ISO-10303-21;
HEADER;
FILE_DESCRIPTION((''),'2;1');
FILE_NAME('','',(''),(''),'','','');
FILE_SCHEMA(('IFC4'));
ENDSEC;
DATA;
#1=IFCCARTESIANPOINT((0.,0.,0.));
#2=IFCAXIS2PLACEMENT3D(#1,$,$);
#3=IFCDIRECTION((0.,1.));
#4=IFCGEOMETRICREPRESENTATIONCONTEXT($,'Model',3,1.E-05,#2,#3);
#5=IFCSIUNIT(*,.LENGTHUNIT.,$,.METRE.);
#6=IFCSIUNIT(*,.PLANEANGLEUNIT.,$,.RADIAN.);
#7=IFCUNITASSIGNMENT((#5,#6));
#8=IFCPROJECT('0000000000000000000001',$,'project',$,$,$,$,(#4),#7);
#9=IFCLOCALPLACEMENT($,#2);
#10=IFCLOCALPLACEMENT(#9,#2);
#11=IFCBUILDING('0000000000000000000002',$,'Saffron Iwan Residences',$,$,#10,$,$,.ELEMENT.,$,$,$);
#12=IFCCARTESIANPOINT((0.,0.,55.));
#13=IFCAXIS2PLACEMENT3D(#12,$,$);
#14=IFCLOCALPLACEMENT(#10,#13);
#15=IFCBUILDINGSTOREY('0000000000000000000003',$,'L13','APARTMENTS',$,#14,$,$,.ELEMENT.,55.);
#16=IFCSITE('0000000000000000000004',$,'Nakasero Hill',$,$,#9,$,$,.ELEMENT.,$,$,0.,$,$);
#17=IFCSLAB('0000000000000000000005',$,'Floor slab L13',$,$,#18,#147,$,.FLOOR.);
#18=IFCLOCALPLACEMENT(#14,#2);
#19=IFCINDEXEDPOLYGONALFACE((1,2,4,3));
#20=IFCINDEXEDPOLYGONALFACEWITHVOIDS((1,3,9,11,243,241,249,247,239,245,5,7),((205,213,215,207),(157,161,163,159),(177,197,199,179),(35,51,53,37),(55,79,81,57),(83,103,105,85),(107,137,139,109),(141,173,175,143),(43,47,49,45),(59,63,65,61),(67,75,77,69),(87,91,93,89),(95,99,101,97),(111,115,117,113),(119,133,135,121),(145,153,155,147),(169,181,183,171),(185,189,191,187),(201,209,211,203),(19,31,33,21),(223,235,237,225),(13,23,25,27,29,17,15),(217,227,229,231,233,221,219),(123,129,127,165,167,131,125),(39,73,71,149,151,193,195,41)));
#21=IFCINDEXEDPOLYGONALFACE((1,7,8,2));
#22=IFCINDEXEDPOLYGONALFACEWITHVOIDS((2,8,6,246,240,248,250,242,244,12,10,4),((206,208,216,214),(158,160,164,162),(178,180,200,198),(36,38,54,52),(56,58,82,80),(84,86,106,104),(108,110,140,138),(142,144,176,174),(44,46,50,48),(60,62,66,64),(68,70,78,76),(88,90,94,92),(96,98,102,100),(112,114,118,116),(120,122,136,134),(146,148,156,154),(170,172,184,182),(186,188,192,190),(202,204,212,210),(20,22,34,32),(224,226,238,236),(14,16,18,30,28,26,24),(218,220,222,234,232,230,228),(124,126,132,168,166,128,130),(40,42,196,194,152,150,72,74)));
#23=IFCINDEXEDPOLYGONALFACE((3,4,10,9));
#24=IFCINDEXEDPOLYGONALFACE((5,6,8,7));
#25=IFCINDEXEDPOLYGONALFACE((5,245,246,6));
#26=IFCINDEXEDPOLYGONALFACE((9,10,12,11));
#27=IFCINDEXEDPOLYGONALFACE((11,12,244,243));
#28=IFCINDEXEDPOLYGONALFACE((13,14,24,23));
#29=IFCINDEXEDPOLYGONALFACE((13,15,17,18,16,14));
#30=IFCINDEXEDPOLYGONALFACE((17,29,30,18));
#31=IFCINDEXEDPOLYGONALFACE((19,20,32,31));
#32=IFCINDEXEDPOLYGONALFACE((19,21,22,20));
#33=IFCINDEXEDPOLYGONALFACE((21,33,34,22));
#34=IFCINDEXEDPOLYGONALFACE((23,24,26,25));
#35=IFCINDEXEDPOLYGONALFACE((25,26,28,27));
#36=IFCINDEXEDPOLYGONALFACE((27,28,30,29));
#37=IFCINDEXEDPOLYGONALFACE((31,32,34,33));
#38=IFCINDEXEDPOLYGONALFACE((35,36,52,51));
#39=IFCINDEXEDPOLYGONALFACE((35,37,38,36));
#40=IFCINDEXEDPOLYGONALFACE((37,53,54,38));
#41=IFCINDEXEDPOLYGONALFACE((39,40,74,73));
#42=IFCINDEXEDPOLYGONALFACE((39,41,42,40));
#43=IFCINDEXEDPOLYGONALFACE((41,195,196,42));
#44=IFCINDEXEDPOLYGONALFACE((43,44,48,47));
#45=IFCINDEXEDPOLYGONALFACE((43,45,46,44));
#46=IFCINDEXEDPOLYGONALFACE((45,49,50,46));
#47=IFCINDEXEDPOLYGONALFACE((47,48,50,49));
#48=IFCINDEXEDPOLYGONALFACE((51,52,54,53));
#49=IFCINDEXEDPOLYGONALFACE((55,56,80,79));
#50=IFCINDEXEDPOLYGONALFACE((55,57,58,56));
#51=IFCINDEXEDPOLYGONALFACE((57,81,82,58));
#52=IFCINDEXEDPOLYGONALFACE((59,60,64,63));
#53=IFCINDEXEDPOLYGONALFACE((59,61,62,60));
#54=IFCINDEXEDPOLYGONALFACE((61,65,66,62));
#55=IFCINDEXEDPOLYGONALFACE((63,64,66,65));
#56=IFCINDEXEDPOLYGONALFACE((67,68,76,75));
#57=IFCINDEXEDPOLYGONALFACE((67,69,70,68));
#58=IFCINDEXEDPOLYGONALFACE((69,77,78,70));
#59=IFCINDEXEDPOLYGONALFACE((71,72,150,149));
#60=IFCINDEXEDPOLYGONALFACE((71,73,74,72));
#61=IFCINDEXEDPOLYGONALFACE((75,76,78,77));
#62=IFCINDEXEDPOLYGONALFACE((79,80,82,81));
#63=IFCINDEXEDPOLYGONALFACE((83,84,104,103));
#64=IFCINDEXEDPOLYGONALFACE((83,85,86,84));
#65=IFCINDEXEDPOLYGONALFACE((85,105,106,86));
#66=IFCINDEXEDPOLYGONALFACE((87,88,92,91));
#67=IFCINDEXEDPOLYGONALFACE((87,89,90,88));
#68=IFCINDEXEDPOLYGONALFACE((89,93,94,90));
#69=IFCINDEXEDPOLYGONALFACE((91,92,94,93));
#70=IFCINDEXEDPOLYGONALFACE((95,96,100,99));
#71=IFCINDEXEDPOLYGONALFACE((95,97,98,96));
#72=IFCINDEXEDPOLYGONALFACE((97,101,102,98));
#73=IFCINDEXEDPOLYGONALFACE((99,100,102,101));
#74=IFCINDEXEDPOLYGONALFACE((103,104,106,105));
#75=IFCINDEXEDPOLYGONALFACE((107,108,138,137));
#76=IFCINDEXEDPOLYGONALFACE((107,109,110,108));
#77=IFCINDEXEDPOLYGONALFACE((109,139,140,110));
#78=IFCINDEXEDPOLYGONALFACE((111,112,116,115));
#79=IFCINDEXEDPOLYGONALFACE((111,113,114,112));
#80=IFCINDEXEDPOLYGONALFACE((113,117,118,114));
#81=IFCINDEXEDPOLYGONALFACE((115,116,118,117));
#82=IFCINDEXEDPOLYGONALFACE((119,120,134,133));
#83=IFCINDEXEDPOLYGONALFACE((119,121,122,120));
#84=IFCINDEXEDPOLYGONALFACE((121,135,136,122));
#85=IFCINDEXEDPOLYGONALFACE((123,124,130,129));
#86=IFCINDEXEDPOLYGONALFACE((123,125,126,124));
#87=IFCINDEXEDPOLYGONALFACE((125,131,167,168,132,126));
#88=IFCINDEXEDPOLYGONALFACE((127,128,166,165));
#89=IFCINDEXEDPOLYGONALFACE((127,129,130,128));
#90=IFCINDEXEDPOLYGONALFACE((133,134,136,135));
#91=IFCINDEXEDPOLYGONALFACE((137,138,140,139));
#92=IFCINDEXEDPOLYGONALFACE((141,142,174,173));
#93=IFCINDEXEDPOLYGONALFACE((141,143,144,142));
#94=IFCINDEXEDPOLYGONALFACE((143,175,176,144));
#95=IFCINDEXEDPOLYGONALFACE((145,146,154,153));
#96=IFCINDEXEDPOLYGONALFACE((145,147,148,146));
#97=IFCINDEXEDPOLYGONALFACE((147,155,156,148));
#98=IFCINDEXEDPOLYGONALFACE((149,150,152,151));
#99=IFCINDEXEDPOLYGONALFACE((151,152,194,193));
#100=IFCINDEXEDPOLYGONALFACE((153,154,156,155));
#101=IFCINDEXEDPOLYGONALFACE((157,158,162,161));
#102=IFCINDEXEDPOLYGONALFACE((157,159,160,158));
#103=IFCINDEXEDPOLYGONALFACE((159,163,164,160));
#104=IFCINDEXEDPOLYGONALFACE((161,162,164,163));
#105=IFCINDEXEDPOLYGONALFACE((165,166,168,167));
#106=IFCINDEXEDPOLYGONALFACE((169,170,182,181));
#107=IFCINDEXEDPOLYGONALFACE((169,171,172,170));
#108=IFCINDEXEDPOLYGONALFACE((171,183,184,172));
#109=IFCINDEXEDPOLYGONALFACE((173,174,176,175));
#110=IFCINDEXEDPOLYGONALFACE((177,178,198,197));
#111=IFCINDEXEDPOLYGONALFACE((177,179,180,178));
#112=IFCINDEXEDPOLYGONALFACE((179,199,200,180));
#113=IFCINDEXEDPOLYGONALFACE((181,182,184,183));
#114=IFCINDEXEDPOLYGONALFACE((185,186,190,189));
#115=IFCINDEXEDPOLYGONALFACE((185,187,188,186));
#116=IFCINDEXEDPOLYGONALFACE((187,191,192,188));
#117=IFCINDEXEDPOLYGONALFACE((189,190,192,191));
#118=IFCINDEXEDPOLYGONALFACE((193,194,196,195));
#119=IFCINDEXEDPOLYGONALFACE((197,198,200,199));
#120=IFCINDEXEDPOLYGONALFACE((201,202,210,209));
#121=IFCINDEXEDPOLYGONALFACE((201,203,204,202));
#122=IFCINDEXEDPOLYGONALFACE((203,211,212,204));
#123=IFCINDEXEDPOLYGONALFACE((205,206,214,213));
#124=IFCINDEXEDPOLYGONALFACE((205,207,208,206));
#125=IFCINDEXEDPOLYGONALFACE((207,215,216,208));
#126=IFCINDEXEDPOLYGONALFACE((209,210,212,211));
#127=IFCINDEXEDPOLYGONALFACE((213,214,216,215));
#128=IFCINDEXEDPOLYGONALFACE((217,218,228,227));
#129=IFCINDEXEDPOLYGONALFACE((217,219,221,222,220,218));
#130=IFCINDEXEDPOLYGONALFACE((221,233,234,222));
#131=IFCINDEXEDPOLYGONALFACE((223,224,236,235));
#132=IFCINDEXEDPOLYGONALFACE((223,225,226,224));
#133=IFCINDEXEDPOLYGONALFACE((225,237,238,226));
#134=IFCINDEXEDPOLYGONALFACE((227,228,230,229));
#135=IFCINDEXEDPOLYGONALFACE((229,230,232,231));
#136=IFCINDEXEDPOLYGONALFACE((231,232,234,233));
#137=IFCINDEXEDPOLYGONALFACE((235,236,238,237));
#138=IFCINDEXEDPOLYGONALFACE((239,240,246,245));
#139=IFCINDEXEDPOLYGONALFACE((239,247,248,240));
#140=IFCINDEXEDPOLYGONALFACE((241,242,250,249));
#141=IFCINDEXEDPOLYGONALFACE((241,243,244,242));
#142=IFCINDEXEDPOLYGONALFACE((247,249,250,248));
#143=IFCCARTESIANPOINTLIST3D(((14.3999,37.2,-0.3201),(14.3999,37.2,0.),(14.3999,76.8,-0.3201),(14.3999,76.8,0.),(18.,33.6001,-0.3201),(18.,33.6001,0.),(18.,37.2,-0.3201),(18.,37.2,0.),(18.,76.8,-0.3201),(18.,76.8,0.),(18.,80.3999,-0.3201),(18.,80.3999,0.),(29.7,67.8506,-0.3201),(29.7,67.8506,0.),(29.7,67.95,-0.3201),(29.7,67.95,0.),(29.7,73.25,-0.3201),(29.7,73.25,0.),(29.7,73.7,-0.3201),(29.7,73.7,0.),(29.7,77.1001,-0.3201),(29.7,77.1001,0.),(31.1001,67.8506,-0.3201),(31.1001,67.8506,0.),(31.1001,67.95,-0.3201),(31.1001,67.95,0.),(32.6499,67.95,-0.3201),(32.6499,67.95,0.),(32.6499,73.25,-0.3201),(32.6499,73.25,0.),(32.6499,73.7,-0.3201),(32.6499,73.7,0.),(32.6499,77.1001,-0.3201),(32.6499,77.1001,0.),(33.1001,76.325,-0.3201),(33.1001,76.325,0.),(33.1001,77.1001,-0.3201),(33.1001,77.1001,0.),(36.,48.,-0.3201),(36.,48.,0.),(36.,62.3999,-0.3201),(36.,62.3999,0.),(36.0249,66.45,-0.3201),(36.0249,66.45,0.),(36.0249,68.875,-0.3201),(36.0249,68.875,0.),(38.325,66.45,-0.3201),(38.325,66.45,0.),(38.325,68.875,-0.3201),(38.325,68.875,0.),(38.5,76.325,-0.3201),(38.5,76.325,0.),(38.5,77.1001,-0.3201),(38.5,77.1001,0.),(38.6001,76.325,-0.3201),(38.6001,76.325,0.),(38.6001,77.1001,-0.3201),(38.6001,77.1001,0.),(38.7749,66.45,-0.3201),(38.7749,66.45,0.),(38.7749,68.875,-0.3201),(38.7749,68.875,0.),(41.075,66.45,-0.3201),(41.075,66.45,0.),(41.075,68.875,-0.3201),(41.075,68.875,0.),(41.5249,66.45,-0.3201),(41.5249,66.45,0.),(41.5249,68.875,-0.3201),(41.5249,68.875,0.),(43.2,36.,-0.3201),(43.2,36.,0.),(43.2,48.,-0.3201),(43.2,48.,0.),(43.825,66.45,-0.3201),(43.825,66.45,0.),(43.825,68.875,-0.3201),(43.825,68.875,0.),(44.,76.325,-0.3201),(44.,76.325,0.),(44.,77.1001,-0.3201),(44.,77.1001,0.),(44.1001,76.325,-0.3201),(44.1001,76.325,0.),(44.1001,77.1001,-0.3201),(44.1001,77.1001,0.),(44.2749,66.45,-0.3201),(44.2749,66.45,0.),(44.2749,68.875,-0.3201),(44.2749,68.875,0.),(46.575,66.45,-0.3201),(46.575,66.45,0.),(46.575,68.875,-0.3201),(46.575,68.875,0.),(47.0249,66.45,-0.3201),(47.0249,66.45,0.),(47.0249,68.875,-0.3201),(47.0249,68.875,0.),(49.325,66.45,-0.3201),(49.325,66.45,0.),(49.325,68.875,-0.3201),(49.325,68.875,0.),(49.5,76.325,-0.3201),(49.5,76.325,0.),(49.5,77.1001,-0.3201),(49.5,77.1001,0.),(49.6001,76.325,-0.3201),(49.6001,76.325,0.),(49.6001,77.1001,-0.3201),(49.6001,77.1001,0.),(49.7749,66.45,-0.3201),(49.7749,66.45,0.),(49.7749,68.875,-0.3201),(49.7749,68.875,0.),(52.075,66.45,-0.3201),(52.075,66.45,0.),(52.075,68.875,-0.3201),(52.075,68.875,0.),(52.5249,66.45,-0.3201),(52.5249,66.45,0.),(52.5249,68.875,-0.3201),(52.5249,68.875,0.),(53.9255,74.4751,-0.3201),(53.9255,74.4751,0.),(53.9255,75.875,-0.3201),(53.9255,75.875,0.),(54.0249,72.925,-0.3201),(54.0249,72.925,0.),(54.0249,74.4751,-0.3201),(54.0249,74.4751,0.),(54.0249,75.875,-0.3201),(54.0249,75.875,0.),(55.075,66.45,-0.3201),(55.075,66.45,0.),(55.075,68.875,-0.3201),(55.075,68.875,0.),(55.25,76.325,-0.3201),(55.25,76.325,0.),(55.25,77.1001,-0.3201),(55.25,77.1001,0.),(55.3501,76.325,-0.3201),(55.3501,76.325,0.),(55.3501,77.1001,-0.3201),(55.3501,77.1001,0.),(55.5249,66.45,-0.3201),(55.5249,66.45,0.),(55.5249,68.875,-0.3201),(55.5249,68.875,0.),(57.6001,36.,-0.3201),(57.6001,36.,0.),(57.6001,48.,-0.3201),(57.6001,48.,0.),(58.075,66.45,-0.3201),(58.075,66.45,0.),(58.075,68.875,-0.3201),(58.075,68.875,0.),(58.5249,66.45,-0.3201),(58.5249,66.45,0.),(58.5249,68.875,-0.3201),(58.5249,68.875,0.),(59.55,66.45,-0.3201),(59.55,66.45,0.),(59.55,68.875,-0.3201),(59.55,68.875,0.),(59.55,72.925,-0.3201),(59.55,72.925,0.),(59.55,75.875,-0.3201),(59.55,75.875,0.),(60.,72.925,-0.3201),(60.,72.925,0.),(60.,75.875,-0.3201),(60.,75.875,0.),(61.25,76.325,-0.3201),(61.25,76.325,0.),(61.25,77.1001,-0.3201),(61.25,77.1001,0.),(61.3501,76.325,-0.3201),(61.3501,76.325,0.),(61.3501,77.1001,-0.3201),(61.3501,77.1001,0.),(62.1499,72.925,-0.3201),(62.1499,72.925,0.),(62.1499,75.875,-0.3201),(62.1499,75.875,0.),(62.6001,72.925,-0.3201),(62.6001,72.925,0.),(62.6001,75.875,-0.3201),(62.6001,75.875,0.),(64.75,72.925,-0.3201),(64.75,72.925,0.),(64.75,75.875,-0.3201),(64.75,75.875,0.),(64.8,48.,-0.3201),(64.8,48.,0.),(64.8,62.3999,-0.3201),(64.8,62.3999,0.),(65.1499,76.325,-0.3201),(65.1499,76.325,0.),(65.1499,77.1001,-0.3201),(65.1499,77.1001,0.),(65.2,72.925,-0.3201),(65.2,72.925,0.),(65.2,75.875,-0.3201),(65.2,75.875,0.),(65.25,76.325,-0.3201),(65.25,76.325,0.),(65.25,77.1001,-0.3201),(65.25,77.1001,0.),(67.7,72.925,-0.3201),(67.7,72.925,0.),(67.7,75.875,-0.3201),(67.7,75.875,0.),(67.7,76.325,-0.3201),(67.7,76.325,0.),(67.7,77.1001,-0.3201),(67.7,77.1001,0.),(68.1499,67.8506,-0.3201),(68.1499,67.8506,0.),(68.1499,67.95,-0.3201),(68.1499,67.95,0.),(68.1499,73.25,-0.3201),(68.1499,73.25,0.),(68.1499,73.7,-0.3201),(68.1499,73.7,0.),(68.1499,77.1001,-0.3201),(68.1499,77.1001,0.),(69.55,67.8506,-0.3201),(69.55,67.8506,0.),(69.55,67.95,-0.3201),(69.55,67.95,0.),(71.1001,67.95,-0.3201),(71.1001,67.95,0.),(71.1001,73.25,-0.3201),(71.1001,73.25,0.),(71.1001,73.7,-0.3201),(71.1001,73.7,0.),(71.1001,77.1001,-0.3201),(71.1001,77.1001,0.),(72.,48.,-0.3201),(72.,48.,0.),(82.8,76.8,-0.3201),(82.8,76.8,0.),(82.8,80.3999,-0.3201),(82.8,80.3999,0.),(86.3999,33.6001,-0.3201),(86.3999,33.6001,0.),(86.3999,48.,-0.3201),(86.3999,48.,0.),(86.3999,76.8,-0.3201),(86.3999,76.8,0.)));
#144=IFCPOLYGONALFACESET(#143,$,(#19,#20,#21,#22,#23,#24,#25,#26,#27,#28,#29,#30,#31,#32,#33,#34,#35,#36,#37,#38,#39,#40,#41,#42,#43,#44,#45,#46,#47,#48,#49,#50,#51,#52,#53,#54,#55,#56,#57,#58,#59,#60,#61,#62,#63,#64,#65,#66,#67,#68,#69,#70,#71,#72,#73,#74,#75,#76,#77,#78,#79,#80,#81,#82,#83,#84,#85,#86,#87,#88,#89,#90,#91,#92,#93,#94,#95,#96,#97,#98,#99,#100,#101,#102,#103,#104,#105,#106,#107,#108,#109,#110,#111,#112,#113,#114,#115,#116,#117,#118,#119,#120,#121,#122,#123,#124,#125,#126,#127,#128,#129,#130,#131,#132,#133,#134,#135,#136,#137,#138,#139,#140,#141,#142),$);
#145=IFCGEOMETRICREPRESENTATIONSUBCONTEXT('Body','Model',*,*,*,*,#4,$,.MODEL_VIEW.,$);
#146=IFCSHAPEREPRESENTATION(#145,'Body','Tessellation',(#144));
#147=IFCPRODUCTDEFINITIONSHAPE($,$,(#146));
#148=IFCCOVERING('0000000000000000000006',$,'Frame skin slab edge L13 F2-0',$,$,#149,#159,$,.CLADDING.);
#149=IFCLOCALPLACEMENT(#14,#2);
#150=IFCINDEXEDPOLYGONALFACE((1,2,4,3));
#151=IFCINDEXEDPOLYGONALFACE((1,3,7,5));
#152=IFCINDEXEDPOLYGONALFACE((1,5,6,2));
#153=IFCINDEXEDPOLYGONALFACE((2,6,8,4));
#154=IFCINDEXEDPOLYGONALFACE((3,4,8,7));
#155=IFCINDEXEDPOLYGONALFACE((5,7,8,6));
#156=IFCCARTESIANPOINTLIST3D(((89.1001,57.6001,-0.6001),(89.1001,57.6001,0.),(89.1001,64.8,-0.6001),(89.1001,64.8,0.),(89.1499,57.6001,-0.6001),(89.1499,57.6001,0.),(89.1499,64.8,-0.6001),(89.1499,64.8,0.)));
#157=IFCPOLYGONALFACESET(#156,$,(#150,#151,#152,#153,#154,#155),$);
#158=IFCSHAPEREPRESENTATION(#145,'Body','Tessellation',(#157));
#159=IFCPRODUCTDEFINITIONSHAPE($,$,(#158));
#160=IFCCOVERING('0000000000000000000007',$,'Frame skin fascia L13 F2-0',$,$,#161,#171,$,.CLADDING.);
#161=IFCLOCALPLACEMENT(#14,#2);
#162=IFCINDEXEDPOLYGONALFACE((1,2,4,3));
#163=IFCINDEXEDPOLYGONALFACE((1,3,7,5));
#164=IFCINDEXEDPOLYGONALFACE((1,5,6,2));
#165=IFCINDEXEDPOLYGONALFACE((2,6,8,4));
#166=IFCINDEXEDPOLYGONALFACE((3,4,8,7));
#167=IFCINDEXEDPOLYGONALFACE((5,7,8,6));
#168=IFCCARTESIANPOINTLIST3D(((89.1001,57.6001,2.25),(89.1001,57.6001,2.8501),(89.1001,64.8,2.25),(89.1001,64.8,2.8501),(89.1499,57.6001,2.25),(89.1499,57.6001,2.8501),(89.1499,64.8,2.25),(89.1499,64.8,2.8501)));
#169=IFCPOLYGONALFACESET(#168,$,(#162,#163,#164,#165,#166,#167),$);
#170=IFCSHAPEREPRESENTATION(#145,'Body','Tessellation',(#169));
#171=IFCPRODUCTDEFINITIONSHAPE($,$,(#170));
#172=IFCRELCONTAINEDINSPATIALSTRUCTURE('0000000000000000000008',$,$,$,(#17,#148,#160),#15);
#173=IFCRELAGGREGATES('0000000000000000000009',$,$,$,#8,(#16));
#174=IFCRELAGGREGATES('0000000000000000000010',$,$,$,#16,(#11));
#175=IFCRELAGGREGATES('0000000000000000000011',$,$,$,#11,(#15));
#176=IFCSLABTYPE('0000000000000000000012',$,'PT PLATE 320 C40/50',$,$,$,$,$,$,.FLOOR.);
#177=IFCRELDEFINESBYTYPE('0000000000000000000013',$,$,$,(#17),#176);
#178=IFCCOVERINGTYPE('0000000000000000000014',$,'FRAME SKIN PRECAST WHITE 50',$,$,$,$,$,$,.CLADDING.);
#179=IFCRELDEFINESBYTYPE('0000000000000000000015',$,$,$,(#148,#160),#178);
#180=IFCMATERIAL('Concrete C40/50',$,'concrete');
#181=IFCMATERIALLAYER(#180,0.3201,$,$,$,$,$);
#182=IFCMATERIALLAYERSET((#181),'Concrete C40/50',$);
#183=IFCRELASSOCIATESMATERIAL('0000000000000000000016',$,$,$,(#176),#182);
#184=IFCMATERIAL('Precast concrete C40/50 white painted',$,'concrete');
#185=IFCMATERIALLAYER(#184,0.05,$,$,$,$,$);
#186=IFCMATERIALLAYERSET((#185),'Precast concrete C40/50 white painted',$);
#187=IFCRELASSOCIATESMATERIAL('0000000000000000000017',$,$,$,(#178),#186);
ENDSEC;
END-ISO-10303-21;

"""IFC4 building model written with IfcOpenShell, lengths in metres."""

from ifc_helpers import new_model, si_unit, direction, frame, origin, place, context, subcontext, project, spatial, polyline, outline, extrude, material, layer, layer_set, type_object, element, save


model = new_model("IFC4")

# Units and contexts
model_context = context("Model", 3, precision=1e-05, world=origin(), true_north=direction((0.0, 1.0)))
body_context = subcontext(model_context, "Body", "Model", "MODEL_VIEW")
ifc_project = project(units=[si_unit("LENGTHUNIT", "METRE"), si_unit("PLANEANGLEUNIT", "RADIAN")], contexts=[model_context])

# Site, building, storey
site_placement = place(None, origin())
site = spatial("IfcSite", under=ifc_project, at=site_placement, Name="Nakasero Hill", CompositionType="ELEMENT", RefElevation=0.0)
building_placement = place(site_placement, origin())
building = spatial("IfcBuilding", under=site, at=building_placement, Name="Saffron Iwan Residences", CompositionType="ELEMENT")
storey_placement = place(building_placement, frame((0.0, 0.0, 55.0)))
storey = spatial("IfcBuildingStorey", under=building, at=storey_placement, Name="L13", Description="APARTMENTS", CompositionType="ELEMENT", Elevation=55.0)

# Slab
ifc_material_1 = material(Name="Concrete C40/50", Category="concrete")
ifc_layer_1 = layer(ifc_material_1, 0.3201)
ifc_layer_set_1 = layer_set([ifc_layer_1], Name="Concrete C40/50")
slab_type_1 = type_object("IfcSlabType", Name="PT PLATE 320 C40/50", PredefinedType="FLOOR", material=ifc_layer_set_1)
slab_1_placement = place(storey_placement, frame((0.0, 0.0, -0.3201)))
element("IfcSlab", 1, at=slab_1_placement, inside=storey, type_object=slab_type_1, Name="Floor slab L13", PredefinedType="FLOOR", context=body_context, shape_type="SweptSolid", body=[
    extrude(outline(polyline([(14.3999, 37.2), (14.3999, 76.8), (18.0, 76.8), (18.0, 80.3999), (82.8, 80.3999), (82.8, 76.8), (86.3999, 76.8), (86.3999, 48.0), (72.0, 48.0), (86.3999, 33.6001), (18.0, 33.6001), (18.0, 37.2), (14.3999, 37.2)]), holes=[polyline([(64.8, 48.0), (64.8, 62.3999), (36.0, 62.3999), (36.0, 48.0), (43.2, 48.0), (43.2, 36.0), (57.6001, 36.0), (57.6001, 48.0), (64.8, 48.0)]), polyline([(38.325, 68.875), (36.0249, 68.875), (36.0249, 66.45), (38.325, 66.45), (38.325, 68.875)]), polyline([(41.075, 66.45), (41.075, 68.875), (38.7749, 68.875), (38.7749, 66.45), (41.075, 66.45)]), polyline([(43.825, 66.45), (43.825, 68.875), (41.5249, 68.875), (41.5249, 66.45), (43.825, 66.45)]), polyline([(46.575, 68.875), (44.2749, 68.875), (44.2749, 66.45), (46.575, 66.45), (46.575, 68.875)]), polyline([(49.325, 66.45), (49.325, 68.875), (47.0249, 68.875), (47.0249, 66.45), (49.325, 66.45)]), polyline([(52.075, 66.45), (52.075, 68.875), (49.7749, 68.875), (49.7749, 66.45), (52.075, 66.45)]), polyline([(29.7, 73.25), (29.7, 67.95), (29.7, 67.8506), (31.1001, 67.8506), (31.1001, 67.95), (32.6499, 67.95), (32.6499, 73.25), (29.7, 73.25)]), polyline([(32.6499, 73.7), (32.6499, 77.1001), (29.7, 77.1001), (29.7, 73.7), (32.6499, 73.7)]), polyline([(38.5, 76.325), (38.5, 77.1001), (33.1001, 77.1001), (33.1001, 76.325), (38.5, 76.325)]), polyline([(44.0, 77.1001), (38.6001, 77.1001), (38.6001, 76.325), (44.0, 76.325), (44.0, 77.1001)]), polyline([(49.5, 76.325), (49.5, 77.1001), (44.1001, 77.1001), (44.1001, 76.325), (49.5, 76.325)]), polyline([(55.25, 76.325), (55.25, 77.1001), (49.6001, 77.1001), (49.6001, 76.325), (55.25, 76.325)]), polyline([(55.075, 68.875), (52.5249, 68.875), (52.5249, 66.45), (55.075, 66.45), (55.075, 68.875)]), polyline([(58.075, 66.45), (58.075, 68.875), (55.5249, 68.875), (55.5249, 66.45), (58.075, 66.45)]), polyline([(59.55, 66.45), (59.55, 68.875), (58.5249, 68.875), (58.5249, 66.45), (59.55, 66.45)]), polyline([(68.1499, 73.25), (68.1499, 67.95), (68.1499, 67.8506), (69.55, 67.8506), (69.55, 67.95), (71.1001, 67.95), (71.1001, 73.25), (68.1499, 73.25)]), polyline([(53.9255, 74.4751), (54.0249, 74.4751), (54.0249, 72.925), (59.55, 72.925), (59.55, 75.875), (54.0249, 75.875), (53.9255, 75.875), (53.9255, 74.4751)]), polyline([(62.1499, 72.925), (62.1499, 75.875), (60.0, 75.875), (60.0, 72.925), (62.1499, 72.925)]), polyline([(64.75, 75.875), (62.6001, 75.875), (62.6001, 72.925), (64.75, 72.925), (64.75, 75.875)]), polyline([(67.7, 72.925), (67.7, 75.875), (65.2, 75.875), (65.2, 72.925), (67.7, 72.925)]), polyline([(71.1001, 73.7), (71.1001, 77.1001), (68.1499, 77.1001), (68.1499, 73.7), (71.1001, 73.7)]), polyline([(61.25, 77.1001), (55.3501, 77.1001), (55.3501, 76.325), (61.25, 76.325), (61.25, 77.1001)]), polyline([(65.1499, 76.325), (65.1499, 77.1001), (61.3501, 77.1001), (61.3501, 76.325), (65.1499, 76.325)]), polyline([(67.7, 76.325), (67.7, 77.1001), (65.25, 77.1001), (65.25, 76.325), (67.7, 76.325)])]), origin(), (0.0, 0.0, 1.0), 0.3201),
])

# Coverings
ifc_material_2 = material(Name="Precast concrete C40/50 white painted", Category="concrete")
ifc_layer_2 = layer(ifc_material_2, 0.05)
ifc_layer_set_2 = layer_set([ifc_layer_2], Name="Precast concrete C40/50 white painted")
covering_type_1 = type_object("IfcCoveringType", Name="FRAME SKIN PRECAST WHITE 50", PredefinedType="CLADDING", material=ifc_layer_set_2)
for number, where, name in (
    (2, (0.0, 0.0, -0.6001), "Frame skin slab edge L13 F2-0"),
    (3, (0.0, 0.0, 2.25), "Frame skin fascia L13 F2-0"),
):
    element("IfcCovering", number, at=place(storey_placement, frame(where)), inside=storey, type_object=covering_type_1, Name=name, PredefinedType="CLADDING", context=body_context, shape_type="SweptSolid", body=[
        extrude(outline(polyline([(89.1499, 57.6001), (89.1499, 64.8), (89.1001, 64.8), (89.1001, 57.6001), (89.1499, 57.6001)])), origin(), (0.0, 0.0, 1.0), 0.6001),
    ])

save(model, "model.ifc")
